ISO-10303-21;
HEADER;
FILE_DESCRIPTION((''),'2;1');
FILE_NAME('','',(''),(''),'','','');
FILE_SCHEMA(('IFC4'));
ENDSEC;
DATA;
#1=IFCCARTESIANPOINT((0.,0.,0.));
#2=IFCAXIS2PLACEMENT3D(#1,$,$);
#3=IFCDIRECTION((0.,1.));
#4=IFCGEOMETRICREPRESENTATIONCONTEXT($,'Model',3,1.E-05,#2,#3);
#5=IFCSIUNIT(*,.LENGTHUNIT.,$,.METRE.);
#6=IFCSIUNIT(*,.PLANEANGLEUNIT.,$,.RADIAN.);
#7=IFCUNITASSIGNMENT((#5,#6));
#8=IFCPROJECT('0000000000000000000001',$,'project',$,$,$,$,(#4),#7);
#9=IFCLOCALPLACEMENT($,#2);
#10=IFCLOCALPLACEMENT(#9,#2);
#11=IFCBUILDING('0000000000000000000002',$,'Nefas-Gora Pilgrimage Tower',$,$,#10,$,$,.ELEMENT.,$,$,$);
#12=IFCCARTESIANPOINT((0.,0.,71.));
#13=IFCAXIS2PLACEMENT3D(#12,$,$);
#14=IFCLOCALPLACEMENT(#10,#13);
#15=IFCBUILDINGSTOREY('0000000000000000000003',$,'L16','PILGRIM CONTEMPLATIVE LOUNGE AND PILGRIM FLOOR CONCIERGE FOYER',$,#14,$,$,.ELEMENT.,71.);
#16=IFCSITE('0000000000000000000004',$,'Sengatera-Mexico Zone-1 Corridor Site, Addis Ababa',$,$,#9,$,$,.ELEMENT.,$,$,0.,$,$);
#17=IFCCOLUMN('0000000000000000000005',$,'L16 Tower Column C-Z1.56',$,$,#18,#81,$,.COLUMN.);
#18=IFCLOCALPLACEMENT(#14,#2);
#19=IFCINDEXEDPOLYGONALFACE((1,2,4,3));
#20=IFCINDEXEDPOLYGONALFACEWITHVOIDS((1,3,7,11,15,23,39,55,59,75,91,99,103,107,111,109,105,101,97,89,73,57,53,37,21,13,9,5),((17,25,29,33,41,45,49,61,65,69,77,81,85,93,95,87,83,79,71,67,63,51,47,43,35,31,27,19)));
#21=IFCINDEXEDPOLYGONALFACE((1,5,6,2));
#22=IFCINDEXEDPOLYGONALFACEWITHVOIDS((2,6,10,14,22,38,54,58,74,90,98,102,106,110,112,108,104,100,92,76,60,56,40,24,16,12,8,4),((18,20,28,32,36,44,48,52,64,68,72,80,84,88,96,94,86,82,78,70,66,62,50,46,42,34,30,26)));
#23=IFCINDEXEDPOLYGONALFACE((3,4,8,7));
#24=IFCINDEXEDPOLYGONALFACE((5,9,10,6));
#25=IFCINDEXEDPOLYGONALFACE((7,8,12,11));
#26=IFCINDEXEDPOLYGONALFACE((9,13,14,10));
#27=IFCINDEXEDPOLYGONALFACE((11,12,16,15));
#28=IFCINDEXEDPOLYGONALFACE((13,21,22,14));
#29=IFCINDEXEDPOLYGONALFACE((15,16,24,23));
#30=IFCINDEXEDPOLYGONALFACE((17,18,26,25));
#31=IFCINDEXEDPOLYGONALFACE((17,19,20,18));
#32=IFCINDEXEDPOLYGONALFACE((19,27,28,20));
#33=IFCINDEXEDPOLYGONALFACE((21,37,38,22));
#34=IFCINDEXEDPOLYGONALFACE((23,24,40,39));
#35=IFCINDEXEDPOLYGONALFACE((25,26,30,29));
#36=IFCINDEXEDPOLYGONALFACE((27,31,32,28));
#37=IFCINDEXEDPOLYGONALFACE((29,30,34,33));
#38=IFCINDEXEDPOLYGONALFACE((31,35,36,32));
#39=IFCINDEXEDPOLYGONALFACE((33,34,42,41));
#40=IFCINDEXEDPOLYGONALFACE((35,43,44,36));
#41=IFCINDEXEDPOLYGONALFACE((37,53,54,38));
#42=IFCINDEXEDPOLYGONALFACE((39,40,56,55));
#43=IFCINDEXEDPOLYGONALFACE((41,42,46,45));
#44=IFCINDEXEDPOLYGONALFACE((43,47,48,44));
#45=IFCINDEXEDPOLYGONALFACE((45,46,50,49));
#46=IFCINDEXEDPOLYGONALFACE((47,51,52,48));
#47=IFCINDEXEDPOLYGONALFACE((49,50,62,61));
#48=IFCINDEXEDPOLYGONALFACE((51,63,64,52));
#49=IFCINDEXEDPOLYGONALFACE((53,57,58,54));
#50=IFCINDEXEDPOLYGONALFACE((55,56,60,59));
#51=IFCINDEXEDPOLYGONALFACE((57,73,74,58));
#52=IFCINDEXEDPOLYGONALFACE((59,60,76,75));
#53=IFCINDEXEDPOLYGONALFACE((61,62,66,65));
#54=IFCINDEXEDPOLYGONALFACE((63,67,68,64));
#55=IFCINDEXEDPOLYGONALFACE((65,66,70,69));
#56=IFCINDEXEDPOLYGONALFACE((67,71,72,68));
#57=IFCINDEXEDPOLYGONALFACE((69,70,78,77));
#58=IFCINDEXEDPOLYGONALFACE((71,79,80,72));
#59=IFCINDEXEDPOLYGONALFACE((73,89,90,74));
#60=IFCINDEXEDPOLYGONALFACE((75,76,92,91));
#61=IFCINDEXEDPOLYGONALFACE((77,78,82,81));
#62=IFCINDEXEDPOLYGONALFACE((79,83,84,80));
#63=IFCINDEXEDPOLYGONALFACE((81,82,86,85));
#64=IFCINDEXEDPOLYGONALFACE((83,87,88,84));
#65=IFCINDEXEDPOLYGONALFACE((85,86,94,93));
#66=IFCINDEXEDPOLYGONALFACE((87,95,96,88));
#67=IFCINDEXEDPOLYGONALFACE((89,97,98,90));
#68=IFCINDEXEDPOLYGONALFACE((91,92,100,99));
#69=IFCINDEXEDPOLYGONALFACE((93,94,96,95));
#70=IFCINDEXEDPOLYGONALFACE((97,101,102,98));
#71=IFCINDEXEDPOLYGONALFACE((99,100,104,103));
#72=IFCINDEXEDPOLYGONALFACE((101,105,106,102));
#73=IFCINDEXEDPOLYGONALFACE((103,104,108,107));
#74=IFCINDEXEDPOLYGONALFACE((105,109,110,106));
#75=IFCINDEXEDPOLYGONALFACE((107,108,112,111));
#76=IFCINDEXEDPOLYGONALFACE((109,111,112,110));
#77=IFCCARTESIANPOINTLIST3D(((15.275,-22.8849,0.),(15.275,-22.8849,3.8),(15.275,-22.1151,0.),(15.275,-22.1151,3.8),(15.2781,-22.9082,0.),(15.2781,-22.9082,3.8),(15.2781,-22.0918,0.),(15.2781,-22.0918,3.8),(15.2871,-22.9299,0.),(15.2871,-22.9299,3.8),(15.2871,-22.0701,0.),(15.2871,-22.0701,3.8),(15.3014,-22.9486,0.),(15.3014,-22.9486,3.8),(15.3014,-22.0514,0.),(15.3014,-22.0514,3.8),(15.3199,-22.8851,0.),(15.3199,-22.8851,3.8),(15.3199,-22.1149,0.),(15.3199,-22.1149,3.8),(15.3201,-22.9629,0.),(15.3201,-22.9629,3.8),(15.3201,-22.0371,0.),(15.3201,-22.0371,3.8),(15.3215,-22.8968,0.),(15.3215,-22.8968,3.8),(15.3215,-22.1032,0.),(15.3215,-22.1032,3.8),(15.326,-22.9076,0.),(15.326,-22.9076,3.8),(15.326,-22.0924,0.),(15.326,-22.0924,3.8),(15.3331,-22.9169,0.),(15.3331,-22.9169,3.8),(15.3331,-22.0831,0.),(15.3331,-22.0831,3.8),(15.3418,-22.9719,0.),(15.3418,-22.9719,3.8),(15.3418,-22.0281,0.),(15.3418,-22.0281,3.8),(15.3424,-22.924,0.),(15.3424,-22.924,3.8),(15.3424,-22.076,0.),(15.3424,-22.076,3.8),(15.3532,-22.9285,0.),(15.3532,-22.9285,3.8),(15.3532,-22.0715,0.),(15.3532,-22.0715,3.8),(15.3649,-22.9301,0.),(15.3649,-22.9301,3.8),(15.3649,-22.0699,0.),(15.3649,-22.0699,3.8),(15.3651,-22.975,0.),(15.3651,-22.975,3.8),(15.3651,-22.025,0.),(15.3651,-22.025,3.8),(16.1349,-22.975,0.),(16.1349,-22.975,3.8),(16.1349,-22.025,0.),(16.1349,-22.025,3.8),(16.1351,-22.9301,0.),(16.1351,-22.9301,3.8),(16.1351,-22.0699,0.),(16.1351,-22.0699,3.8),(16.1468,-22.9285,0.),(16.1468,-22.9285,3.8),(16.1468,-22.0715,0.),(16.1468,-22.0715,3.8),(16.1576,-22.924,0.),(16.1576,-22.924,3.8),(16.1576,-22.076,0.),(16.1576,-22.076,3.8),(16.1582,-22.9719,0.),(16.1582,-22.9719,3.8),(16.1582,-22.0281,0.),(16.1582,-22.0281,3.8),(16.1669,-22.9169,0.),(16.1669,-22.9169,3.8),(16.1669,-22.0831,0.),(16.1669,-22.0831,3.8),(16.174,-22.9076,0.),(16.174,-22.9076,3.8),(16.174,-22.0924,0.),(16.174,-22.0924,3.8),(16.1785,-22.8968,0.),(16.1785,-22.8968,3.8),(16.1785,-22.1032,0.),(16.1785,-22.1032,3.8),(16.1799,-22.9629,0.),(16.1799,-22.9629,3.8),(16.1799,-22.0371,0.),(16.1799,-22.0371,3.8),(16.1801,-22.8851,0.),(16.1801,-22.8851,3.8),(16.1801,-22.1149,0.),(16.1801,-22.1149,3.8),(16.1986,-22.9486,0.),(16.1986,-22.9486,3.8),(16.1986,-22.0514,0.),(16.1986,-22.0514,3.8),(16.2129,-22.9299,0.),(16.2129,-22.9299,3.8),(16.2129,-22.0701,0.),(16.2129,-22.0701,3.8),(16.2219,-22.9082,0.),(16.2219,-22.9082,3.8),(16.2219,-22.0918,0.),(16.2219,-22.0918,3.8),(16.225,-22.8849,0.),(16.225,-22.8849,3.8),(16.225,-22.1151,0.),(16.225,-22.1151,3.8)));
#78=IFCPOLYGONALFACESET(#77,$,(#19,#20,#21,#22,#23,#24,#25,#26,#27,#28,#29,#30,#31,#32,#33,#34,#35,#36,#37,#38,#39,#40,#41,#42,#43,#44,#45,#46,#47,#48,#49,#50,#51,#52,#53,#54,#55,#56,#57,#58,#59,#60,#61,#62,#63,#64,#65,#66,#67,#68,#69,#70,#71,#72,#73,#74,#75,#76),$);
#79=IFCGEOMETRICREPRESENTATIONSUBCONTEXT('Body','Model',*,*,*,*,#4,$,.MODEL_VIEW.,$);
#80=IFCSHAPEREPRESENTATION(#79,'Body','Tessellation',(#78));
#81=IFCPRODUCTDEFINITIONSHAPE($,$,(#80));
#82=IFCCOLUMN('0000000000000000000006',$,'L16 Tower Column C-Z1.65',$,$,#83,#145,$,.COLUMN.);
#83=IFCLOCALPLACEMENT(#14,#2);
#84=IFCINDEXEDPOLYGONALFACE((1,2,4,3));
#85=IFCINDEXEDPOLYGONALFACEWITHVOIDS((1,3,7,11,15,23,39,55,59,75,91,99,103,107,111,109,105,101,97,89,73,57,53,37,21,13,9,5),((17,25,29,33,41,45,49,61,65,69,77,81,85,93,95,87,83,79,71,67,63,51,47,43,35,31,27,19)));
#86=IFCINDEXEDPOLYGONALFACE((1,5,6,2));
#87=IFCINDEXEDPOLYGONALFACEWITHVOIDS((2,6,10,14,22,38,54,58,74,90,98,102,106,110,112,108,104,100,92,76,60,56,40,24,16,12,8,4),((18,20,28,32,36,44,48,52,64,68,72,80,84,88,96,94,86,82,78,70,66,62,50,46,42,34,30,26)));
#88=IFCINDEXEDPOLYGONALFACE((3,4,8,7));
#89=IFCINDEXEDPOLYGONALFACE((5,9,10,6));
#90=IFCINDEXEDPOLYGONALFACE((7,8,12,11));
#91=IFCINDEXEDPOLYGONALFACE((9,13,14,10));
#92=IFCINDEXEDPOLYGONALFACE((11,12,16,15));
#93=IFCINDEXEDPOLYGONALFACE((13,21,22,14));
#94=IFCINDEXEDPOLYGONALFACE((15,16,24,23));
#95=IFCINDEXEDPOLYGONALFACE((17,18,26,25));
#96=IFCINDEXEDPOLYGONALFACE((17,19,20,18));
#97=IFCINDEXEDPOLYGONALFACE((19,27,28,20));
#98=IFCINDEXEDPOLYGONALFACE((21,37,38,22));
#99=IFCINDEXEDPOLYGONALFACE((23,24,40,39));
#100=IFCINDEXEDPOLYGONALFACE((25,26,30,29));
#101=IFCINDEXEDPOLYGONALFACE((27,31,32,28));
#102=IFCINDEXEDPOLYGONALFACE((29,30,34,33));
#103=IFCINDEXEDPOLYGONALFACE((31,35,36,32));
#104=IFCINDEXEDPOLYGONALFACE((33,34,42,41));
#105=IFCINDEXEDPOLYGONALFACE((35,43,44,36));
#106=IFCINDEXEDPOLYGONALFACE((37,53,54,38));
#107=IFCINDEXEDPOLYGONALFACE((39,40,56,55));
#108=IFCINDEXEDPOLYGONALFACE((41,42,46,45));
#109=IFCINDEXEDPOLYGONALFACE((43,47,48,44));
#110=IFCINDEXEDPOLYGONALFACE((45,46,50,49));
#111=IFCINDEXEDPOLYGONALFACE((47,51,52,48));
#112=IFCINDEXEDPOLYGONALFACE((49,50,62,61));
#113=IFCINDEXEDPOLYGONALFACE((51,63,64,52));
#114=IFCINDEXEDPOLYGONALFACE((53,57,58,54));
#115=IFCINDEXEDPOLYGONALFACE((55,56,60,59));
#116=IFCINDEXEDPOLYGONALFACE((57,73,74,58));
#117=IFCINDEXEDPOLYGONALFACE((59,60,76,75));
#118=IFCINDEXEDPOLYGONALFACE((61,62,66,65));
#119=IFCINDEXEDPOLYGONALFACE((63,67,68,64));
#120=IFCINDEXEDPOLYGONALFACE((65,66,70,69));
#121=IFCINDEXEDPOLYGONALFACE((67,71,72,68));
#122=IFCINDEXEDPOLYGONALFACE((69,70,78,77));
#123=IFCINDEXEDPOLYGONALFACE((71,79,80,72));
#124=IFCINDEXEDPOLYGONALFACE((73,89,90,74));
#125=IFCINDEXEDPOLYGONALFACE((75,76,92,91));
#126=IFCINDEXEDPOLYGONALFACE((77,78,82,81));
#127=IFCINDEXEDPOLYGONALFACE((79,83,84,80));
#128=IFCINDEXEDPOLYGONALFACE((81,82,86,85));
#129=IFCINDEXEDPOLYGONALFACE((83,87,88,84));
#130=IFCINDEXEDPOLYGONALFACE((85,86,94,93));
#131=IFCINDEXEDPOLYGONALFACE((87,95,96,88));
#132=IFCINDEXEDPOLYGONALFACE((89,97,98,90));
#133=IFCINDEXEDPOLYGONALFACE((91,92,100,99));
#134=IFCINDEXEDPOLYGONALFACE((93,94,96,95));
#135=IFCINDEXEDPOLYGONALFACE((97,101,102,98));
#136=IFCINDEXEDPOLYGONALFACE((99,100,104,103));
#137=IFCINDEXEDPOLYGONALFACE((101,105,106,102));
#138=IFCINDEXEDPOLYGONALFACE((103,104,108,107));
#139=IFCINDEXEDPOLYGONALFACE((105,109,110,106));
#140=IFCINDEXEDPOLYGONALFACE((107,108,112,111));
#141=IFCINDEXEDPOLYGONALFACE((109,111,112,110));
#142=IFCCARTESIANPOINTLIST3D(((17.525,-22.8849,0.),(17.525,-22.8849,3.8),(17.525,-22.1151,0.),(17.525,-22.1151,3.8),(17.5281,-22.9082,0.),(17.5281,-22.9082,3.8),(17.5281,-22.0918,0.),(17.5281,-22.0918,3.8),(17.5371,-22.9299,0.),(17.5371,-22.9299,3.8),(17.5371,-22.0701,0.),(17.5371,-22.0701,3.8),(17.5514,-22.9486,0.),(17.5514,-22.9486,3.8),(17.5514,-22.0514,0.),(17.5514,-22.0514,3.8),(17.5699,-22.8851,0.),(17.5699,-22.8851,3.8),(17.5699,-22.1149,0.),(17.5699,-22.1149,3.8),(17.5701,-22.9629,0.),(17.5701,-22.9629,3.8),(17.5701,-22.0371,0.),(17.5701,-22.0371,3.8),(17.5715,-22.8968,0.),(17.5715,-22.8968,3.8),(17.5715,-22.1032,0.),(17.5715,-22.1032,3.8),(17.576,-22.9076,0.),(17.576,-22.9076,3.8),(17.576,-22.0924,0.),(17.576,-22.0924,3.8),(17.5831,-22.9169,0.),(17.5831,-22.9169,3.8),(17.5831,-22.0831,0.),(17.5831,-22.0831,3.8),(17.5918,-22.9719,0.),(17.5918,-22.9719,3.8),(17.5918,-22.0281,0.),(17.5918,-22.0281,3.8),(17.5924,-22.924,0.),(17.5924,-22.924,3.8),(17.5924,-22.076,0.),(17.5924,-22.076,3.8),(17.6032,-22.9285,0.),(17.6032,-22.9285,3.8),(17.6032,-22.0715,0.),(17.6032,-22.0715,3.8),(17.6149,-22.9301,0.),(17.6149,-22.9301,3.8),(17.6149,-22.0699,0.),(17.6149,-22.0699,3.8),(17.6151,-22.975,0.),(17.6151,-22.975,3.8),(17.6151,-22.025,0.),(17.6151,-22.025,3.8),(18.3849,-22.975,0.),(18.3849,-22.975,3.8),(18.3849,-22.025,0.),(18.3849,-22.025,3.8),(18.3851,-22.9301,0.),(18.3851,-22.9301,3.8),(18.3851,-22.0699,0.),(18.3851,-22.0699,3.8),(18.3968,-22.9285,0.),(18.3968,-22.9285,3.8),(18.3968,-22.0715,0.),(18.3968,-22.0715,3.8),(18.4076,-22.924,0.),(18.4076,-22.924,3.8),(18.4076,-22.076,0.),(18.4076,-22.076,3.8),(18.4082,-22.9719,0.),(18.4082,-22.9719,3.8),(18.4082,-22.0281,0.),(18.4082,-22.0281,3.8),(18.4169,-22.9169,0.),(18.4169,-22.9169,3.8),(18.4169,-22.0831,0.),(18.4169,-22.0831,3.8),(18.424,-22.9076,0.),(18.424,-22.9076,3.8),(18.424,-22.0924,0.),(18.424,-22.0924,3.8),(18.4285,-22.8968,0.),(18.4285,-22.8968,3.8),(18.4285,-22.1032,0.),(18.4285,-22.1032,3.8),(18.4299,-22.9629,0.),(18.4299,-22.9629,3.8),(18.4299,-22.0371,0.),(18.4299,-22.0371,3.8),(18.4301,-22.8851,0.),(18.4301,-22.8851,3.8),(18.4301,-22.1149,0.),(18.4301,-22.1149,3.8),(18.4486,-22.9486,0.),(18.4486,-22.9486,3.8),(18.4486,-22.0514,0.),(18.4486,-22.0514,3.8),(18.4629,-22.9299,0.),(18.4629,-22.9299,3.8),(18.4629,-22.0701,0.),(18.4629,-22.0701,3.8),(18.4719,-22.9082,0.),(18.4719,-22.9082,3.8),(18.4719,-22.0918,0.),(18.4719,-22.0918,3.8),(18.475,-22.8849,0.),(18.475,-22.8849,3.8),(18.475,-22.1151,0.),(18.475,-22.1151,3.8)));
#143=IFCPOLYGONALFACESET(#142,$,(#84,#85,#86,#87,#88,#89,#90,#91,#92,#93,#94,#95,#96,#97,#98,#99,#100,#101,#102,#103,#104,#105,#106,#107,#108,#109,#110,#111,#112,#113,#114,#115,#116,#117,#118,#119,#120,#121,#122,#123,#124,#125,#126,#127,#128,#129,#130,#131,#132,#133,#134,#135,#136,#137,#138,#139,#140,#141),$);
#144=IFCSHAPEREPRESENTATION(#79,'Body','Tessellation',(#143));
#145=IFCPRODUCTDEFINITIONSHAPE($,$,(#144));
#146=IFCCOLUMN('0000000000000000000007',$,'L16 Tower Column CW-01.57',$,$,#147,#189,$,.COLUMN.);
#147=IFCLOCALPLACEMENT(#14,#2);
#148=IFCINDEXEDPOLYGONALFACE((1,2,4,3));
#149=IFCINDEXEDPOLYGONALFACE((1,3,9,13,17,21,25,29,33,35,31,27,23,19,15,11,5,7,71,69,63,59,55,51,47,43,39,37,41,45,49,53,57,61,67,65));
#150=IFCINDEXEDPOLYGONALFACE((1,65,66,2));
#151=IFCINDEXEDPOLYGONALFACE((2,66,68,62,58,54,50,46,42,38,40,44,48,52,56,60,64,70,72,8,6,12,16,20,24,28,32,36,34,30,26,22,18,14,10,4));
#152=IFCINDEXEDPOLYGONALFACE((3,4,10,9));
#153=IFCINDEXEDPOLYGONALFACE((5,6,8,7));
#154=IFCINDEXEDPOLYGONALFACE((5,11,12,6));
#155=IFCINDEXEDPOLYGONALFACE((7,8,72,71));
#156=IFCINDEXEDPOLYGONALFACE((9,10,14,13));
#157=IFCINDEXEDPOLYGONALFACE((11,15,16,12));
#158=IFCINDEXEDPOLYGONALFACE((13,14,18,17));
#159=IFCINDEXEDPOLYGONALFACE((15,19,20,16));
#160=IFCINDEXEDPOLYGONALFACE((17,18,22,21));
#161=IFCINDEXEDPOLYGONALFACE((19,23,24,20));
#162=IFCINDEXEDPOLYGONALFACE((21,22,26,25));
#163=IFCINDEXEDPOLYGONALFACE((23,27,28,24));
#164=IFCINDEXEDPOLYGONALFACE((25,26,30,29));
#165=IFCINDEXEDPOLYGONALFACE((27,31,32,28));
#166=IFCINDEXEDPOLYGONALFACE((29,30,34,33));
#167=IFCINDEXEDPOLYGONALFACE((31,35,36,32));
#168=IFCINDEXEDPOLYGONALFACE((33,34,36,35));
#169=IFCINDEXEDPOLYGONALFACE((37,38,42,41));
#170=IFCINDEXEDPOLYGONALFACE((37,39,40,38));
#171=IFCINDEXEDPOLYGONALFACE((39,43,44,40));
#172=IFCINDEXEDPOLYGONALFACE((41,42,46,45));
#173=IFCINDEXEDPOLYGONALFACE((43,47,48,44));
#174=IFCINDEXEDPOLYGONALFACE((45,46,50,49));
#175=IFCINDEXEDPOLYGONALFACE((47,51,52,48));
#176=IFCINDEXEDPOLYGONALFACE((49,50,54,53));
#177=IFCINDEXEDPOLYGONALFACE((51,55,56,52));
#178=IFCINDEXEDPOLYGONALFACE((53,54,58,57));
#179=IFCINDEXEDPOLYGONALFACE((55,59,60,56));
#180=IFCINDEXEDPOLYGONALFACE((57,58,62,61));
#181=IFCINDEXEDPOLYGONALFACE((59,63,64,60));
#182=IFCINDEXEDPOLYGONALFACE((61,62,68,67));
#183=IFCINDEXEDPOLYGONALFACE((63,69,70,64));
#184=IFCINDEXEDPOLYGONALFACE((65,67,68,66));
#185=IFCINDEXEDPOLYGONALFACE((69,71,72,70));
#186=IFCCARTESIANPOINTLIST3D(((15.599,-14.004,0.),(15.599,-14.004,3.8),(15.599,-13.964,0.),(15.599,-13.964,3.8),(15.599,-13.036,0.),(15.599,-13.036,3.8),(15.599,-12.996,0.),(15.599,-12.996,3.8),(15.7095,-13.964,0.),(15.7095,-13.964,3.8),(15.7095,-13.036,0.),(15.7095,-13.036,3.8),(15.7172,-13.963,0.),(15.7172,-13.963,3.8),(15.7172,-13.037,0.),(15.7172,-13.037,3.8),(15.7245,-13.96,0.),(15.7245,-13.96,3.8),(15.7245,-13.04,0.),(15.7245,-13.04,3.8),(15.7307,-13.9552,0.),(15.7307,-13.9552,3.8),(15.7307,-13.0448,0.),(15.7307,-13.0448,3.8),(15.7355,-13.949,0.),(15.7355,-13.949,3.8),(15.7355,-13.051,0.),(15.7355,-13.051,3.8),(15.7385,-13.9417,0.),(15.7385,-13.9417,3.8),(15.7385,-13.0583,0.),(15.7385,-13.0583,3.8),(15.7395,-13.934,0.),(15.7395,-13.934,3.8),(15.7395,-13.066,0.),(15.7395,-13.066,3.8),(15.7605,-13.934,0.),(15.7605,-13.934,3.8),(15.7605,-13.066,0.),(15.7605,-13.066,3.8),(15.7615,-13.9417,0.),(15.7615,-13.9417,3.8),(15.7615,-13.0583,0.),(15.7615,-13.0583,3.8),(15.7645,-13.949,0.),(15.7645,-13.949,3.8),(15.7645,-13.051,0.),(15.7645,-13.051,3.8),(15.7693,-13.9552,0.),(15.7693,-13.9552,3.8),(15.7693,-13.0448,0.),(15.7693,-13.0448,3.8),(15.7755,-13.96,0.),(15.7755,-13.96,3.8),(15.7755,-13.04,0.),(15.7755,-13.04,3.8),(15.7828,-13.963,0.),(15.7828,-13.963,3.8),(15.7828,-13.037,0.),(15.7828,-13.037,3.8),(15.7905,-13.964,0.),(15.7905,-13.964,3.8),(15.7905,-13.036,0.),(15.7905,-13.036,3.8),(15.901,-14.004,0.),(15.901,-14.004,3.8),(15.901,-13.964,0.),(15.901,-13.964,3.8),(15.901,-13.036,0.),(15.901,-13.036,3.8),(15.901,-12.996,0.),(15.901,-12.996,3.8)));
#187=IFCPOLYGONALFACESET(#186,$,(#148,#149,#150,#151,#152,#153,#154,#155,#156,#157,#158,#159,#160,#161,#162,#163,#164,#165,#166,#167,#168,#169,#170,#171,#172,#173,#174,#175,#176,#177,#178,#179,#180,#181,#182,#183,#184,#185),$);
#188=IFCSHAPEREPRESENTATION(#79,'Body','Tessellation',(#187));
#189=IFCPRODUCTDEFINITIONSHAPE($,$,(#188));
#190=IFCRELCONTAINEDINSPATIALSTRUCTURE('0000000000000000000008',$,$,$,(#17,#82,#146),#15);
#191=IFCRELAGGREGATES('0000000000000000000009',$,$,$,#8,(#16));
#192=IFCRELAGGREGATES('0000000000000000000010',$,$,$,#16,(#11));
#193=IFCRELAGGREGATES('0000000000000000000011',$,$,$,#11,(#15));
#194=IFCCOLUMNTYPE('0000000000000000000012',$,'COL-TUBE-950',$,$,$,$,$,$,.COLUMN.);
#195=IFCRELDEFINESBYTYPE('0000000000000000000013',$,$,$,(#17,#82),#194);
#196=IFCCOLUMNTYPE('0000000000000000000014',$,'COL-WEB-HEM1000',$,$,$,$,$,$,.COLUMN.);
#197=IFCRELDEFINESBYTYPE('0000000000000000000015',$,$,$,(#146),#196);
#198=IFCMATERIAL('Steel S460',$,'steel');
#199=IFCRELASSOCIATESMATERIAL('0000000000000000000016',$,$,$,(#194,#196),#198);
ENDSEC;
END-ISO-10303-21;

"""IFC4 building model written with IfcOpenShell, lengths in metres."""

from ifc_helpers import new_model, si_unit, direction, frame, origin, origin_2d, place, context, subcontext, project, spatial, hollow_rectangle, i_section, extrude, source, transform, mapped, material, material_profile, profile_set, type_object, element, save


model = new_model("IFC4")

# Units and contexts
model_context = context("Model", 3, precision=1e-05, world=origin(), true_north=direction((0.0, 1.0)))
body_context = subcontext(model_context, "Body", "Model", "MODEL_VIEW")
ifc_project = project(units=[si_unit("LENGTHUNIT", "METRE"), si_unit("PLANEANGLEUNIT", "RADIAN")], contexts=[model_context])

# Site, building, storey
site_placement = place(None, origin())
site = spatial("IfcSite", under=ifc_project, at=site_placement, Name="Sengatera-Mexico Zone-1 Corridor Site, Addis Ababa", CompositionType="ELEMENT", RefElevation=0.0)
building_placement = place(site_placement, origin())
building = spatial("IfcBuilding", under=site, at=building_placement, Name="Nefas-Gora Pilgrimage Tower", CompositionType="ELEMENT")
storey_placement = place(building_placement, frame((0.0, 0.0, 71.0)))
storey = spatial("IfcBuildingStorey", under=building, at=storey_placement, Name="L16", Description="PILGRIM CONTEMPLATIVE LOUNGE AND PILGRIM FLOOR CONCIERGE FOYER", CompositionType="ELEMENT", Elevation=71.0)

# Columns
ifc_material_1 = material(Name="Steel S460", Category="steel")
ifc_material_profile_1 = material_profile(ifc_material_1, hollow_rectangle(XDim=0.95, YDim=0.95, WallThickness=0.0449, InnerFilletRadius=0.0449, OuterFilletRadius=0.0901, at=origin_2d()), Name="BOX 950x950x45")
ifc_profile_set_1 = profile_set([ifc_material_profile_1], Name="Steel S460")
column_type_1 = type_object("IfcColumnType", Name="COL-TUBE-950", PredefinedType="COLUMN", material=ifc_profile_set_1)
shared_shape_1 = source(origin(), body_context, "Body", "SweptSolid", [
    extrude(hollow_rectangle(XDim=0.95, YDim=0.95, WallThickness=0.0449, InnerFilletRadius=0.0449, OuterFilletRadius=0.0901, at=origin_2d()), origin(), (0.0, 0.0, 1.0), 3.8),
])
for number, where, z_axis, x_axis, name in (
    (1, (15.75, -22.5, 0.0), (0.0, 0.0, 1.0), (1.0, 0.0, 0.0), "L16 Tower Column C-Z1.56"),
    (2, (18.0, -22.5, 0.0), (0.0, 0.0, 1.0), (1.0, 0.0, 0.0), "L16 Tower Column C-Z1.65"),
):
    element("IfcColumn", number, at=place(storey_placement, frame(where, z_axis=z_axis, x_axis=x_axis)), inside=storey, type_object=column_type_1, Name=name, PredefinedType="COLUMN", context=body_context, shape_type="MappedRepresentation", body=[
        mapped(shared_shape_1, transform((0.0, 0.0, 0.0), x_axis=(1.0, 0.0, 0.0), y_axis=(0.0, 1.0, 0.0), z_axis=(0.0, 0.0, 1.0), scale=1.0)),
    ])
ifc_material_profile_2 = material_profile(ifc_material_1, i_section(OverallWidth=0.302, OverallDepth=1.0081, WebThickness=0.021, FlangeThickness=0.04, FilletRadius=0.03, at=origin_2d()), Name="HEM 1000")
ifc_profile_set_2 = profile_set([ifc_material_profile_2], Name="Steel S460")
column_type_2 = type_object("IfcColumnType", Name="COL-WEB-HEM1000", PredefinedType="COLUMN", material=ifc_profile_set_2)
shared_shape_2 = source(origin(), body_context, "Body", "SweptSolid", [
    extrude(i_section(OverallWidth=0.302, OverallDepth=1.0081, WebThickness=0.021, FlangeThickness=0.04, FilletRadius=0.03, at=origin_2d()), origin(), (0.0, 0.0, 1.0), 3.8),
])
for number, where, z_axis, x_axis, name in (
    (3, (15.75, -13.5, 0.0), (0.0, 0.0, 1.0), (1.0, 0.0, 0.0), "L16 Tower Column CW-01.57"),
):
    element("IfcColumn", number, at=place(storey_placement, frame(where, z_axis=z_axis, x_axis=x_axis)), inside=storey, type_object=column_type_2, Name=name, PredefinedType="COLUMN", context=body_context, shape_type="MappedRepresentation", body=[
        mapped(shared_shape_2, transform((0.0, 0.0, 0.0), x_axis=(1.0, 0.0, 0.0), y_axis=(0.0, 1.0, 0.0), z_axis=(0.0, 0.0, 1.0), scale=1.0)),
    ])

save(model, "model.ifc")
